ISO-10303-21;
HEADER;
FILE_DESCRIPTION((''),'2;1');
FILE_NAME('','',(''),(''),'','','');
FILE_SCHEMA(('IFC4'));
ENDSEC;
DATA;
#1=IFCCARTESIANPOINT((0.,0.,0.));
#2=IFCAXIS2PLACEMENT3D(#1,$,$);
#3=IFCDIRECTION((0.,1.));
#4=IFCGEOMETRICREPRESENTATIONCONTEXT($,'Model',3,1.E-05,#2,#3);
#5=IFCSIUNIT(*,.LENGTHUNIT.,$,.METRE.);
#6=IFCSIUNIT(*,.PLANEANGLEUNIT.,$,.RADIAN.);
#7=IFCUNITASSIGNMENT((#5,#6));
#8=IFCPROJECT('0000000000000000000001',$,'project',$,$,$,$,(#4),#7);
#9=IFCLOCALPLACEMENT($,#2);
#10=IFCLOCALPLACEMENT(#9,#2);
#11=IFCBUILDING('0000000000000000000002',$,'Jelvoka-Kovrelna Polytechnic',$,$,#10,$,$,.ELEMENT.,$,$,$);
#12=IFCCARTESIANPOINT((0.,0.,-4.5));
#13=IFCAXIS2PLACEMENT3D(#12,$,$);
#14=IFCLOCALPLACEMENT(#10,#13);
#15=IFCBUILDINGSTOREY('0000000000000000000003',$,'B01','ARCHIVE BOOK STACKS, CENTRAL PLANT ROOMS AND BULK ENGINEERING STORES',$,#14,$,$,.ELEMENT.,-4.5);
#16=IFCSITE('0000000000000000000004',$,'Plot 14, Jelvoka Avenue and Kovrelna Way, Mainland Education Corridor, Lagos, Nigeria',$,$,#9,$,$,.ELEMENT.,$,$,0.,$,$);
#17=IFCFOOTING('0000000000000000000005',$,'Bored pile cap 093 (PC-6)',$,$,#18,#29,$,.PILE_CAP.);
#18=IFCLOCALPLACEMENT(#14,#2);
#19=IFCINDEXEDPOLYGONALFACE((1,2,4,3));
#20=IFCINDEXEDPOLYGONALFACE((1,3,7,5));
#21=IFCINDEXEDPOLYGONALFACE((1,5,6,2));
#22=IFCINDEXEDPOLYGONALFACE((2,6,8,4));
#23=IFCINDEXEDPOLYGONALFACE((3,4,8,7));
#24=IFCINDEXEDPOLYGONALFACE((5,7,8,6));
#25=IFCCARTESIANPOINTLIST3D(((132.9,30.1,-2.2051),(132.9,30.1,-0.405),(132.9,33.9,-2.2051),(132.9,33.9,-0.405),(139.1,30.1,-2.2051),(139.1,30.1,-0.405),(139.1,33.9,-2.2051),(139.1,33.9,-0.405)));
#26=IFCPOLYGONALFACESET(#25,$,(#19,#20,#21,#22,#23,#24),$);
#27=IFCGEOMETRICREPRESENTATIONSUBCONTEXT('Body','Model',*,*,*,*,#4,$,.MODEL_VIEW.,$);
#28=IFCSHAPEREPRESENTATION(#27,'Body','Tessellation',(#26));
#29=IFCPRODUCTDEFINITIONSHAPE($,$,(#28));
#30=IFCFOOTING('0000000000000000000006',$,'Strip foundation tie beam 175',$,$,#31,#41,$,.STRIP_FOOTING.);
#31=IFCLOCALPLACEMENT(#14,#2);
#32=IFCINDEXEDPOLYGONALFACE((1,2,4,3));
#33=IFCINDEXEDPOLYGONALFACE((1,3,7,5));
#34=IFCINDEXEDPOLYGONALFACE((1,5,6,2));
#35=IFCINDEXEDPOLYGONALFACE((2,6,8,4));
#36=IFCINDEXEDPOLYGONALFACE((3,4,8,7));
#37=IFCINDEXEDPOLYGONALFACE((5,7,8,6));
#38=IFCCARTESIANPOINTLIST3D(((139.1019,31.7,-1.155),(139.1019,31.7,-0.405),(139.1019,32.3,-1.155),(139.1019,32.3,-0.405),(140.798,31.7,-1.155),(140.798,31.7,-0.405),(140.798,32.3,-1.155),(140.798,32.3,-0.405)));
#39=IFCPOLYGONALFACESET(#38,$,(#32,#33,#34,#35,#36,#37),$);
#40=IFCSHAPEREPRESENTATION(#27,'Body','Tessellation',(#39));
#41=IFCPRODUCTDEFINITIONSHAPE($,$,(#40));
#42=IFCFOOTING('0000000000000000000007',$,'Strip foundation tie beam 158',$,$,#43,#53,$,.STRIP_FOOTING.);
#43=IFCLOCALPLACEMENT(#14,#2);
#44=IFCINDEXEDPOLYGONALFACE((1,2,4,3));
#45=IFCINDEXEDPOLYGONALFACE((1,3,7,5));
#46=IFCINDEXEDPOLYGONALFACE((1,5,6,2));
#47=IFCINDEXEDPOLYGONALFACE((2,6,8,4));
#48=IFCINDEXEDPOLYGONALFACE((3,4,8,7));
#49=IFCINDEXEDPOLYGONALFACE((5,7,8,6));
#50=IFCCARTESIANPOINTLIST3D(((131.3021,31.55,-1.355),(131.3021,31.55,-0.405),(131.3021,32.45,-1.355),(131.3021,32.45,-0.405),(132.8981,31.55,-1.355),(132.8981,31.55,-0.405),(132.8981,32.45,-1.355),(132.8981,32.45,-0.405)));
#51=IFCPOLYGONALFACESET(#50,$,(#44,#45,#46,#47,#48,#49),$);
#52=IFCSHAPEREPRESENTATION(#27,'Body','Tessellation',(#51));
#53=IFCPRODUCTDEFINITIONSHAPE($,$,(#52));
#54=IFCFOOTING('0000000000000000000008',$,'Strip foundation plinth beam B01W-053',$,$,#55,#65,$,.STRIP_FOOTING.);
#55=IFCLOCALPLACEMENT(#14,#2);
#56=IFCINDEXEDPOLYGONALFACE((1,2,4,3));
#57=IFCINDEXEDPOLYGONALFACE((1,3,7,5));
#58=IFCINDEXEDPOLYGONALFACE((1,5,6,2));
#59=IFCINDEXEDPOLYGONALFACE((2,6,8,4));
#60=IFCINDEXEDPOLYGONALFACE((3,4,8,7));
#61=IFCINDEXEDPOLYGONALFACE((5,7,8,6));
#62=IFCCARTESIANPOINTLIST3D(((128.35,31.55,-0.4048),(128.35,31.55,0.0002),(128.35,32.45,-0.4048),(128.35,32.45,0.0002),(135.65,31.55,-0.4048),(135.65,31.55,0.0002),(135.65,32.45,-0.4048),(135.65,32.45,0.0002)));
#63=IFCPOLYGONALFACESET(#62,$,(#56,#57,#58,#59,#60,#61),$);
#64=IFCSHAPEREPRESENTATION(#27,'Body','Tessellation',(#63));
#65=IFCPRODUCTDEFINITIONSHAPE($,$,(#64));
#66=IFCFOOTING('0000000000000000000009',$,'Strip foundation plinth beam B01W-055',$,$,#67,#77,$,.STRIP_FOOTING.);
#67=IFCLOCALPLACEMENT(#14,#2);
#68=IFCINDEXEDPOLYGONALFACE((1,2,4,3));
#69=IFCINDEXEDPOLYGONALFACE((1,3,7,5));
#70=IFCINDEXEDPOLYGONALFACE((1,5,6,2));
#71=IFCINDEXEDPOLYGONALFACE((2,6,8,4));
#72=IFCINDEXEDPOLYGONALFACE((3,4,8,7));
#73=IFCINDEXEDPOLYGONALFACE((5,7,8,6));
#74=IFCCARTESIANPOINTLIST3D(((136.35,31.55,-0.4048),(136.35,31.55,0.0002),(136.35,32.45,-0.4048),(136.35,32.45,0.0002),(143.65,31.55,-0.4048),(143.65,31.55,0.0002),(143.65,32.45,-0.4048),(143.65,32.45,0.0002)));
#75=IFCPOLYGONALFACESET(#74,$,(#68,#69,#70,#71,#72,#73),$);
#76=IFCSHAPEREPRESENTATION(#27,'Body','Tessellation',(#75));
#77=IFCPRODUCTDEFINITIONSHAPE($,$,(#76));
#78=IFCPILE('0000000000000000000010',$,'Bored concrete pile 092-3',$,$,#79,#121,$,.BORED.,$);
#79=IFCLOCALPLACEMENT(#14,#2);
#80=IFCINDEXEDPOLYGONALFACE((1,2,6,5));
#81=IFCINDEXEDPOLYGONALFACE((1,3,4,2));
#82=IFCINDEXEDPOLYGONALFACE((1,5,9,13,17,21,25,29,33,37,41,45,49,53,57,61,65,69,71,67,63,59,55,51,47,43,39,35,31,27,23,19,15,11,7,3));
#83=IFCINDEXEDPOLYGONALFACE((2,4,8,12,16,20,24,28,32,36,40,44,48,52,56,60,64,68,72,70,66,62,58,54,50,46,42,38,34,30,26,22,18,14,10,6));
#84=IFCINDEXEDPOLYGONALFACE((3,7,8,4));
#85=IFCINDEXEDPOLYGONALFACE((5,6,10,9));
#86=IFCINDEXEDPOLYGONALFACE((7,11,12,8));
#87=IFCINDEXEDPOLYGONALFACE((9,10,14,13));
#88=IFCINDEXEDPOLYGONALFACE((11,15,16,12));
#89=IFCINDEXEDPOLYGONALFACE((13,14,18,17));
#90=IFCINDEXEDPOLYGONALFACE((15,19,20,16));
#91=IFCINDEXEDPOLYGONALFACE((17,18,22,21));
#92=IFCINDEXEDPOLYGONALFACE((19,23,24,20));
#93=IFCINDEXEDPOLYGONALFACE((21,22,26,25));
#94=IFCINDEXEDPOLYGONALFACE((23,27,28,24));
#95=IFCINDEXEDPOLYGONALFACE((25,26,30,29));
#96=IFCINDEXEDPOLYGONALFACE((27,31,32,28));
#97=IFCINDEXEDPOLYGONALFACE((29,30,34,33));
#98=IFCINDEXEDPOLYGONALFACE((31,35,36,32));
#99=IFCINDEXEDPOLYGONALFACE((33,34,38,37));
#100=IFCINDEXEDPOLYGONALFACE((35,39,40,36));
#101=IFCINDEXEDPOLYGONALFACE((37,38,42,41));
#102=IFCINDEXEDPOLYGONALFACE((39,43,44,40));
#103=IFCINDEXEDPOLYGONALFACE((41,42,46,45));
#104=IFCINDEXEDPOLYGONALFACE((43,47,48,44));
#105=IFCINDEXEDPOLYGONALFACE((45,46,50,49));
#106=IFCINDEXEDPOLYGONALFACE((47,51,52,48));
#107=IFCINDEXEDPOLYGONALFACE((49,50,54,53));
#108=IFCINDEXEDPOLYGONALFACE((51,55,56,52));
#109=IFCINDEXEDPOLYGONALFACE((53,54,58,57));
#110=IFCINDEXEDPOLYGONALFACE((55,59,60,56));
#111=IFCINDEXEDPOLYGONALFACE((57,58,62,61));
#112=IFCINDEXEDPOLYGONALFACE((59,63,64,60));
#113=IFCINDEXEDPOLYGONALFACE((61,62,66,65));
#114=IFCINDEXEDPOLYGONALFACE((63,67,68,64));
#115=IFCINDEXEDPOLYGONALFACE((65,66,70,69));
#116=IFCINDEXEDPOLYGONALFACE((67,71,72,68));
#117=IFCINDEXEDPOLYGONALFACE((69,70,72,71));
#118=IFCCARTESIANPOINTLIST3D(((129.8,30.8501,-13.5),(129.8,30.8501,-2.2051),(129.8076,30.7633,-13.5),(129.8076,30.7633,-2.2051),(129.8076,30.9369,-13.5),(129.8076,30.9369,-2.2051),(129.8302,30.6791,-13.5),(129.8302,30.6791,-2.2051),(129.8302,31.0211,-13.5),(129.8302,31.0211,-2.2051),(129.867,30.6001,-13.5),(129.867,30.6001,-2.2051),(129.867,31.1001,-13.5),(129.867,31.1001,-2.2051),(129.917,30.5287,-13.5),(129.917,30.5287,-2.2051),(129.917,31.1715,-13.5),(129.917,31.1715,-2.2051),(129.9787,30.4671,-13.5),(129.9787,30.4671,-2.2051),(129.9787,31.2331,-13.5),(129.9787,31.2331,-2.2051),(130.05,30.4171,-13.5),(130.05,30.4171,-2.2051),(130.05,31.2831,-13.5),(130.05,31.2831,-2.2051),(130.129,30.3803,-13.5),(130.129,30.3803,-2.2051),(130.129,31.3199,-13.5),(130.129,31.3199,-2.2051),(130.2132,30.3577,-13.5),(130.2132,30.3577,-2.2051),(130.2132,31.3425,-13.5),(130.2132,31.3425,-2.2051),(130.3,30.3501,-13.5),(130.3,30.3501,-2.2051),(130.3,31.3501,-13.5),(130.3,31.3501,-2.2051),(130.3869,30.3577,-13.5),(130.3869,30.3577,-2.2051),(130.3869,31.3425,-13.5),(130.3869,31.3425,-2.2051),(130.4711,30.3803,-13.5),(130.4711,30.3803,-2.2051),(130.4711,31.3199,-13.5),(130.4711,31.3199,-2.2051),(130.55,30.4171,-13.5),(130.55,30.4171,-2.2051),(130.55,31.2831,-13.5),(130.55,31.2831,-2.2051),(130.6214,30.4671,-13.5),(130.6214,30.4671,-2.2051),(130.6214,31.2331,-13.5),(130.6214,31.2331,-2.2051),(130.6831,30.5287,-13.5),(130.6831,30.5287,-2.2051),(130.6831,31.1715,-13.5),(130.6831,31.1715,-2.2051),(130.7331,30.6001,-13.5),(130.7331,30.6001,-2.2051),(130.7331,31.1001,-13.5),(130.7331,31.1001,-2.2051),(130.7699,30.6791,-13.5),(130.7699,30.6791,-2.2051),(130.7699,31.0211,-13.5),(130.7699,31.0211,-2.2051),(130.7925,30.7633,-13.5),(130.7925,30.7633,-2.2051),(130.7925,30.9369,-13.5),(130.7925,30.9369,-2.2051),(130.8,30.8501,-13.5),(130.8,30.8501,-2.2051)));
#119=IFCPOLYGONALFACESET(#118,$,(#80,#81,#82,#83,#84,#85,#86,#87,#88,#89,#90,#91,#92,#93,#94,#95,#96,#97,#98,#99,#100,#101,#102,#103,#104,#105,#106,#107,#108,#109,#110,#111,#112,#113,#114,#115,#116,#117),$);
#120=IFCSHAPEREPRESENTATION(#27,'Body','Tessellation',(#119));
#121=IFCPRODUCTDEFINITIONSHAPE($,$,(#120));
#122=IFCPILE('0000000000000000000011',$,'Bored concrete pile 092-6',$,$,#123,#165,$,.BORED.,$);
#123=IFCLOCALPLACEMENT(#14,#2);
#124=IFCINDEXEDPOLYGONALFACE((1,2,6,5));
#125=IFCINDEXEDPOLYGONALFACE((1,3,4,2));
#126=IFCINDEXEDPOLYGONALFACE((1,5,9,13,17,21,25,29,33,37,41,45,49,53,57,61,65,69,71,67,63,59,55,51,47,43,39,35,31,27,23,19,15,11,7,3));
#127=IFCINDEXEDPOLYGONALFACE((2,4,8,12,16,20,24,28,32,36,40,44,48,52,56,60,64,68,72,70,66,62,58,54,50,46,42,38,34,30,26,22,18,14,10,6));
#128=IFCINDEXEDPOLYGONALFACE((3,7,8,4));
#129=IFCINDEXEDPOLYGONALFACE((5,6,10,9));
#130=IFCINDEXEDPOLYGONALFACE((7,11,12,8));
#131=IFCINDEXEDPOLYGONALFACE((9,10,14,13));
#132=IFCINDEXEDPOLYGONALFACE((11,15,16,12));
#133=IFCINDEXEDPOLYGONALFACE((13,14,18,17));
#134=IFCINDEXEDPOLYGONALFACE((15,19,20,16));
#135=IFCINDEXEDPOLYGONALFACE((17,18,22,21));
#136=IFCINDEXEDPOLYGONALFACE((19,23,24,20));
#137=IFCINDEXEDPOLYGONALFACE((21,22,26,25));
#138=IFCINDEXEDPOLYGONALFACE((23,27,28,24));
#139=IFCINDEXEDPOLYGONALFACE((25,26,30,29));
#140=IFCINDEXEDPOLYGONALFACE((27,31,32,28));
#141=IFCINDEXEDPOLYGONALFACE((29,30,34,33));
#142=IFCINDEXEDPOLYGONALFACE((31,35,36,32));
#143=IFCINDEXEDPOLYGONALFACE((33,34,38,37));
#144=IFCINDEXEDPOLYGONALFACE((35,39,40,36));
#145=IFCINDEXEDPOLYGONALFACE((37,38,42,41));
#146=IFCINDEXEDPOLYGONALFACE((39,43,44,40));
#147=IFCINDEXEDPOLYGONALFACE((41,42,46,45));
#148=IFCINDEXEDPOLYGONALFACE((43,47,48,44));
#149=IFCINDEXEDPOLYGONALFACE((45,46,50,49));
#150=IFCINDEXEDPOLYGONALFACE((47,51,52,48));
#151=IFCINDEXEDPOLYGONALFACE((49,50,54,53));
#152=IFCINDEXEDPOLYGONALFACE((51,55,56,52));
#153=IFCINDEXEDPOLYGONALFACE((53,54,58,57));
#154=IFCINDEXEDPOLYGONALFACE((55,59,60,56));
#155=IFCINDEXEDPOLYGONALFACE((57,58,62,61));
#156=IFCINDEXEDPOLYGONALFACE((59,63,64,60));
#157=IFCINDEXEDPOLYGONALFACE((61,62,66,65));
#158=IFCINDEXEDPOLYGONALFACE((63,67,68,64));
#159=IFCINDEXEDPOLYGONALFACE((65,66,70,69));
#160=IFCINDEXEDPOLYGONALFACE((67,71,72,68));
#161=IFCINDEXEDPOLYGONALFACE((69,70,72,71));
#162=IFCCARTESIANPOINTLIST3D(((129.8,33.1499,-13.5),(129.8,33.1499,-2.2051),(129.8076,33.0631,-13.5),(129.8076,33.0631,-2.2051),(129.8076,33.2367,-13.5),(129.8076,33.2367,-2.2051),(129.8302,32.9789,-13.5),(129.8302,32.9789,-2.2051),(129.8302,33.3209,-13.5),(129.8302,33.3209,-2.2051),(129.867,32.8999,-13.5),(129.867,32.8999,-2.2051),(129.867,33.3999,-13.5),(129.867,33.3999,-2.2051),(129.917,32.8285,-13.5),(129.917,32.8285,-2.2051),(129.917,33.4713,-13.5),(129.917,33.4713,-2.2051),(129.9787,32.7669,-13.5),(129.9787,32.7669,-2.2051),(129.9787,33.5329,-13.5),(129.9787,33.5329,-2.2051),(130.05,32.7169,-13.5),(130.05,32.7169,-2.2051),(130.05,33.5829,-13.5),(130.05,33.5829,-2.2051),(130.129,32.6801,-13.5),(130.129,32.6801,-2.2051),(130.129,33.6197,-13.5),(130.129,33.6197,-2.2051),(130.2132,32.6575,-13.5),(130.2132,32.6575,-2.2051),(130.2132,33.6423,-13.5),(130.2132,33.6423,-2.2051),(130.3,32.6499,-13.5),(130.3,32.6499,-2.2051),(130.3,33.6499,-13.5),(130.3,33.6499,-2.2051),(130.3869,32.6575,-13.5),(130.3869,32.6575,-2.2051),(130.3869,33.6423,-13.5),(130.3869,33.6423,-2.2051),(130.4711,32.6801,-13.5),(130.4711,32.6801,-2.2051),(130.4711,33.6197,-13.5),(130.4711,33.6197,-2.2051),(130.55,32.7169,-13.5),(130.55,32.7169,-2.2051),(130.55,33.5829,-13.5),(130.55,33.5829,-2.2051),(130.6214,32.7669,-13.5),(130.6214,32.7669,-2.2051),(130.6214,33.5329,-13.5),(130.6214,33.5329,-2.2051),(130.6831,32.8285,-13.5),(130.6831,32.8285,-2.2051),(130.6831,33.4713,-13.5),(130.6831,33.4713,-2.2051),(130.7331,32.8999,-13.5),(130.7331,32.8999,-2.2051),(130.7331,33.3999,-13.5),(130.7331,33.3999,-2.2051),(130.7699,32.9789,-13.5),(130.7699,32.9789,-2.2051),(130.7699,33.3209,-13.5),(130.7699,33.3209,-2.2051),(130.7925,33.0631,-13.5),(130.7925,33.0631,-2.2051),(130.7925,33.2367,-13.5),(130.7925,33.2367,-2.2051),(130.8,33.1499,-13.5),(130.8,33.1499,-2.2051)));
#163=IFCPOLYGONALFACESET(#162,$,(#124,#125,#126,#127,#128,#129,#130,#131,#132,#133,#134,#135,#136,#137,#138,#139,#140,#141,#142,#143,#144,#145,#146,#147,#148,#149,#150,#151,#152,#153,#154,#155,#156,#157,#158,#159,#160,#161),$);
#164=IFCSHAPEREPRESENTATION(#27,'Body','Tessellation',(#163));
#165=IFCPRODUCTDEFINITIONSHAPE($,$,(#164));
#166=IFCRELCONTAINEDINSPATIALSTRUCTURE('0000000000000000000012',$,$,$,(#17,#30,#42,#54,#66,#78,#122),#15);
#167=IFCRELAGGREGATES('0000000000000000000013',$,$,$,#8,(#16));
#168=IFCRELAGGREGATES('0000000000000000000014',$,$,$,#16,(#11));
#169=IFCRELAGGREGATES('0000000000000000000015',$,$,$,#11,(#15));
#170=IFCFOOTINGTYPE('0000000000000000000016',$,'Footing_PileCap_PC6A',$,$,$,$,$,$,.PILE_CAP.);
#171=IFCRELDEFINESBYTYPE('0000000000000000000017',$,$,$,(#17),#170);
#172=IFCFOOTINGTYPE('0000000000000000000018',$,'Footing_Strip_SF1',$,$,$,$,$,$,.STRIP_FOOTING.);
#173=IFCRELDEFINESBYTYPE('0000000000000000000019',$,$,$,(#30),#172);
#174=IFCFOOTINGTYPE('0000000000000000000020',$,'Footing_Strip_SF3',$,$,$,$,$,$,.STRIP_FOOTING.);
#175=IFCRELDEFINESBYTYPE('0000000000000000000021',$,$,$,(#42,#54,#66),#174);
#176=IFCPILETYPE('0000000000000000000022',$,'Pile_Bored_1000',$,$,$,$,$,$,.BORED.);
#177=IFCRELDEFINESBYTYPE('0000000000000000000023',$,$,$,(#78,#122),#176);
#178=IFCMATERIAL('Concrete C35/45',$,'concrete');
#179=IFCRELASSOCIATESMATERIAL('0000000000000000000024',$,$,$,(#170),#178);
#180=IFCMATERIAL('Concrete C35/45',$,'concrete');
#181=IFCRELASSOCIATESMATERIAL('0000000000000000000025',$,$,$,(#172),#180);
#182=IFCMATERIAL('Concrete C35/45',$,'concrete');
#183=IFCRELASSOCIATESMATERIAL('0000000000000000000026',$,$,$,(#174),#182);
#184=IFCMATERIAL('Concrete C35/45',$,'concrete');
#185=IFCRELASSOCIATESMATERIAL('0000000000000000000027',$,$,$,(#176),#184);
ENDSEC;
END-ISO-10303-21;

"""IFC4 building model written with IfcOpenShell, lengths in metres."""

from ifc_helpers import new_model, si_unit, direction, frame, origin, origin_2d, place, context, subcontext, project, spatial, rectangle, circle, extrude, material, material_profile, profile_set, type_object, element, save


model = new_model("IFC4")

# Units and contexts
model_context = context("Model", 3, precision=1e-05, world=origin(), true_north=direction((0.0, 1.0)))
body_context = subcontext(model_context, "Body", "Model", "MODEL_VIEW")
ifc_project = project(units=[si_unit("LENGTHUNIT", "METRE"), si_unit("PLANEANGLEUNIT", "RADIAN")], contexts=[model_context])

# Site, building, storey
site_placement = place(None, origin())
site = spatial("IfcSite", under=ifc_project, at=site_placement, Name="Plot 14, Jelvoka Avenue and Kovrelna Way, Mainland Education Corridor, Lagos, Nigeria", CompositionType="ELEMENT", RefElevation=0.0)
building_placement = place(site_placement, origin())
building = spatial("IfcBuilding", under=site, at=building_placement, Name="Jelvoka-Kovrelna Polytechnic", CompositionType="ELEMENT")
storey_placement = place(building_placement, frame((0.0, 0.0, -4.5)))
storey = spatial("IfcBuildingStorey", under=building, at=storey_placement, Name="B01", Description="ARCHIVE BOOK STACKS, CENTRAL PLANT ROOMS AND BULK ENGINEERING STORES", CompositionType="ELEMENT", Elevation=-4.5)

# Footings
ifc_material_1 = material(Name="Concrete C35/45", Category="concrete")
footing_type_1 = type_object("IfcFootingType", Name="Footing_PileCap_PC6A", PredefinedType="PILE_CAP", material=ifc_material_1)
footing_1_placement = place(storey_placement, frame((136.0, 32.0, -2.2051), z_axis=(0.0, 0.0, 1.0), x_axis=(1.0, 0.0, 0.0)))
element("IfcFooting", 1, at=footing_1_placement, inside=storey, type_object=footing_type_1, Name="Bored pile cap 093 (PC-6)", PredefinedType="PILE_CAP", context=body_context, shape_type="SweptSolid", body=[
    extrude(rectangle(XDim=6.2, YDim=3.8, at=origin_2d()), origin(), (0.0, 0.0, 1.0), 1.8),
])
ifc_material_2 = material(Name="Concrete C35/45", Category="concrete")
footing_type_2 = type_object("IfcFootingType", Name="Footing_Strip_SF1", PredefinedType="STRIP_FOOTING", material=ifc_material_2)
footing_2_placement = place(storey_placement, frame((139.95, 32.0, -1.155), z_axis=(0.0, 0.0, 1.0), x_axis=(1.0, 0.0, 0.0)))
element("IfcFooting", 2, at=footing_2_placement, inside=storey, type_object=footing_type_2, Name="Strip foundation tie beam 175", PredefinedType="STRIP_FOOTING", context=body_context, shape_type="SweptSolid", body=[
    extrude(rectangle(XDim=1.696, YDim=0.6001, at=origin_2d()), origin(), (0.0, 0.0, 1.0), 0.75),
])
ifc_material_3 = material(Name="Concrete C35/45", Category="concrete")
footing_type_3 = type_object("IfcFootingType", Name="Footing_Strip_SF3", PredefinedType="STRIP_FOOTING", material=ifc_material_3)
footing_3_placement = place(storey_placement, frame((132.1001, 32.0, -1.355), z_axis=(0.0, 0.0, 1.0), x_axis=(1.0, 0.0, 0.0)))
element("IfcFooting", 3, at=footing_3_placement, inside=storey, type_object=footing_type_3, Name="Strip foundation tie beam 158", PredefinedType="STRIP_FOOTING", context=body_context, shape_type="SweptSolid", body=[
    extrude(rectangle(XDim=1.5959, YDim=0.8999, at=origin_2d()), origin(), (0.0, 0.0, 1.0), 0.95),
])
for number, where, z_axis, x_axis, name in (
    (4, (132.0, 32.0, -0.4048), (0.0, 0.0, 1.0), (1.0, 0.0, 0.0), "Strip foundation plinth beam B01W-053"),
    (5, (140.0, 32.0, -0.4048), (0.0, 0.0, 1.0), (1.0, 0.0, 0.0), "Strip foundation plinth beam B01W-055"),
):
    element("IfcFooting", number, at=place(storey_placement, frame(where, z_axis=z_axis, x_axis=x_axis)), inside=storey, type_object=footing_type_3, Name=name, PredefinedType="STRIP_FOOTING", context=body_context, shape_type="SweptSolid", body=[
        extrude(rectangle(XDim=7.3, YDim=0.8999, at=origin_2d()), origin(), (0.0, 0.0, 1.0), 0.405),
    ])

# Piles
ifc_material_4 = material(Name="Concrete C35/45", Category="concrete")
ifc_material_profile_1 = material_profile(ifc_material_4, circle(Radius=0.5, at=origin_2d()), Name="PILE D1000")
ifc_profile_set_1 = profile_set([ifc_material_profile_1], Name="Concrete C35/45")
pile_type = type_object("IfcPileType", Name="Pile_Bored_1000", PredefinedType="BORED", material=ifc_profile_set_1)
for number, where, z_axis, x_axis, name in (
    (6, (130.3, 30.8501, -2.2051), (0.0, 0.0, -1.0), (1.0, 0.0, 0.0), "Bored concrete pile 092-3"),
    (7, (130.3, 33.1499, -2.2051), (0.0, 0.0, -1.0), (1.0, 0.0, 0.0), "Bored concrete pile 092-6"),
):
    element("IfcPile", number, at=place(storey_placement, frame(where, z_axis=z_axis, x_axis=x_axis)), inside=storey, type_object=pile_type, Name=name, PredefinedType="BORED", context=body_context, shape_type="SweptSolid", body=[
        extrude(circle(Radius=0.5, at=origin_2d()), origin(), (0.0, 0.0, 1.0), 11.2949),
    ])

save(model, "model.ifc")
